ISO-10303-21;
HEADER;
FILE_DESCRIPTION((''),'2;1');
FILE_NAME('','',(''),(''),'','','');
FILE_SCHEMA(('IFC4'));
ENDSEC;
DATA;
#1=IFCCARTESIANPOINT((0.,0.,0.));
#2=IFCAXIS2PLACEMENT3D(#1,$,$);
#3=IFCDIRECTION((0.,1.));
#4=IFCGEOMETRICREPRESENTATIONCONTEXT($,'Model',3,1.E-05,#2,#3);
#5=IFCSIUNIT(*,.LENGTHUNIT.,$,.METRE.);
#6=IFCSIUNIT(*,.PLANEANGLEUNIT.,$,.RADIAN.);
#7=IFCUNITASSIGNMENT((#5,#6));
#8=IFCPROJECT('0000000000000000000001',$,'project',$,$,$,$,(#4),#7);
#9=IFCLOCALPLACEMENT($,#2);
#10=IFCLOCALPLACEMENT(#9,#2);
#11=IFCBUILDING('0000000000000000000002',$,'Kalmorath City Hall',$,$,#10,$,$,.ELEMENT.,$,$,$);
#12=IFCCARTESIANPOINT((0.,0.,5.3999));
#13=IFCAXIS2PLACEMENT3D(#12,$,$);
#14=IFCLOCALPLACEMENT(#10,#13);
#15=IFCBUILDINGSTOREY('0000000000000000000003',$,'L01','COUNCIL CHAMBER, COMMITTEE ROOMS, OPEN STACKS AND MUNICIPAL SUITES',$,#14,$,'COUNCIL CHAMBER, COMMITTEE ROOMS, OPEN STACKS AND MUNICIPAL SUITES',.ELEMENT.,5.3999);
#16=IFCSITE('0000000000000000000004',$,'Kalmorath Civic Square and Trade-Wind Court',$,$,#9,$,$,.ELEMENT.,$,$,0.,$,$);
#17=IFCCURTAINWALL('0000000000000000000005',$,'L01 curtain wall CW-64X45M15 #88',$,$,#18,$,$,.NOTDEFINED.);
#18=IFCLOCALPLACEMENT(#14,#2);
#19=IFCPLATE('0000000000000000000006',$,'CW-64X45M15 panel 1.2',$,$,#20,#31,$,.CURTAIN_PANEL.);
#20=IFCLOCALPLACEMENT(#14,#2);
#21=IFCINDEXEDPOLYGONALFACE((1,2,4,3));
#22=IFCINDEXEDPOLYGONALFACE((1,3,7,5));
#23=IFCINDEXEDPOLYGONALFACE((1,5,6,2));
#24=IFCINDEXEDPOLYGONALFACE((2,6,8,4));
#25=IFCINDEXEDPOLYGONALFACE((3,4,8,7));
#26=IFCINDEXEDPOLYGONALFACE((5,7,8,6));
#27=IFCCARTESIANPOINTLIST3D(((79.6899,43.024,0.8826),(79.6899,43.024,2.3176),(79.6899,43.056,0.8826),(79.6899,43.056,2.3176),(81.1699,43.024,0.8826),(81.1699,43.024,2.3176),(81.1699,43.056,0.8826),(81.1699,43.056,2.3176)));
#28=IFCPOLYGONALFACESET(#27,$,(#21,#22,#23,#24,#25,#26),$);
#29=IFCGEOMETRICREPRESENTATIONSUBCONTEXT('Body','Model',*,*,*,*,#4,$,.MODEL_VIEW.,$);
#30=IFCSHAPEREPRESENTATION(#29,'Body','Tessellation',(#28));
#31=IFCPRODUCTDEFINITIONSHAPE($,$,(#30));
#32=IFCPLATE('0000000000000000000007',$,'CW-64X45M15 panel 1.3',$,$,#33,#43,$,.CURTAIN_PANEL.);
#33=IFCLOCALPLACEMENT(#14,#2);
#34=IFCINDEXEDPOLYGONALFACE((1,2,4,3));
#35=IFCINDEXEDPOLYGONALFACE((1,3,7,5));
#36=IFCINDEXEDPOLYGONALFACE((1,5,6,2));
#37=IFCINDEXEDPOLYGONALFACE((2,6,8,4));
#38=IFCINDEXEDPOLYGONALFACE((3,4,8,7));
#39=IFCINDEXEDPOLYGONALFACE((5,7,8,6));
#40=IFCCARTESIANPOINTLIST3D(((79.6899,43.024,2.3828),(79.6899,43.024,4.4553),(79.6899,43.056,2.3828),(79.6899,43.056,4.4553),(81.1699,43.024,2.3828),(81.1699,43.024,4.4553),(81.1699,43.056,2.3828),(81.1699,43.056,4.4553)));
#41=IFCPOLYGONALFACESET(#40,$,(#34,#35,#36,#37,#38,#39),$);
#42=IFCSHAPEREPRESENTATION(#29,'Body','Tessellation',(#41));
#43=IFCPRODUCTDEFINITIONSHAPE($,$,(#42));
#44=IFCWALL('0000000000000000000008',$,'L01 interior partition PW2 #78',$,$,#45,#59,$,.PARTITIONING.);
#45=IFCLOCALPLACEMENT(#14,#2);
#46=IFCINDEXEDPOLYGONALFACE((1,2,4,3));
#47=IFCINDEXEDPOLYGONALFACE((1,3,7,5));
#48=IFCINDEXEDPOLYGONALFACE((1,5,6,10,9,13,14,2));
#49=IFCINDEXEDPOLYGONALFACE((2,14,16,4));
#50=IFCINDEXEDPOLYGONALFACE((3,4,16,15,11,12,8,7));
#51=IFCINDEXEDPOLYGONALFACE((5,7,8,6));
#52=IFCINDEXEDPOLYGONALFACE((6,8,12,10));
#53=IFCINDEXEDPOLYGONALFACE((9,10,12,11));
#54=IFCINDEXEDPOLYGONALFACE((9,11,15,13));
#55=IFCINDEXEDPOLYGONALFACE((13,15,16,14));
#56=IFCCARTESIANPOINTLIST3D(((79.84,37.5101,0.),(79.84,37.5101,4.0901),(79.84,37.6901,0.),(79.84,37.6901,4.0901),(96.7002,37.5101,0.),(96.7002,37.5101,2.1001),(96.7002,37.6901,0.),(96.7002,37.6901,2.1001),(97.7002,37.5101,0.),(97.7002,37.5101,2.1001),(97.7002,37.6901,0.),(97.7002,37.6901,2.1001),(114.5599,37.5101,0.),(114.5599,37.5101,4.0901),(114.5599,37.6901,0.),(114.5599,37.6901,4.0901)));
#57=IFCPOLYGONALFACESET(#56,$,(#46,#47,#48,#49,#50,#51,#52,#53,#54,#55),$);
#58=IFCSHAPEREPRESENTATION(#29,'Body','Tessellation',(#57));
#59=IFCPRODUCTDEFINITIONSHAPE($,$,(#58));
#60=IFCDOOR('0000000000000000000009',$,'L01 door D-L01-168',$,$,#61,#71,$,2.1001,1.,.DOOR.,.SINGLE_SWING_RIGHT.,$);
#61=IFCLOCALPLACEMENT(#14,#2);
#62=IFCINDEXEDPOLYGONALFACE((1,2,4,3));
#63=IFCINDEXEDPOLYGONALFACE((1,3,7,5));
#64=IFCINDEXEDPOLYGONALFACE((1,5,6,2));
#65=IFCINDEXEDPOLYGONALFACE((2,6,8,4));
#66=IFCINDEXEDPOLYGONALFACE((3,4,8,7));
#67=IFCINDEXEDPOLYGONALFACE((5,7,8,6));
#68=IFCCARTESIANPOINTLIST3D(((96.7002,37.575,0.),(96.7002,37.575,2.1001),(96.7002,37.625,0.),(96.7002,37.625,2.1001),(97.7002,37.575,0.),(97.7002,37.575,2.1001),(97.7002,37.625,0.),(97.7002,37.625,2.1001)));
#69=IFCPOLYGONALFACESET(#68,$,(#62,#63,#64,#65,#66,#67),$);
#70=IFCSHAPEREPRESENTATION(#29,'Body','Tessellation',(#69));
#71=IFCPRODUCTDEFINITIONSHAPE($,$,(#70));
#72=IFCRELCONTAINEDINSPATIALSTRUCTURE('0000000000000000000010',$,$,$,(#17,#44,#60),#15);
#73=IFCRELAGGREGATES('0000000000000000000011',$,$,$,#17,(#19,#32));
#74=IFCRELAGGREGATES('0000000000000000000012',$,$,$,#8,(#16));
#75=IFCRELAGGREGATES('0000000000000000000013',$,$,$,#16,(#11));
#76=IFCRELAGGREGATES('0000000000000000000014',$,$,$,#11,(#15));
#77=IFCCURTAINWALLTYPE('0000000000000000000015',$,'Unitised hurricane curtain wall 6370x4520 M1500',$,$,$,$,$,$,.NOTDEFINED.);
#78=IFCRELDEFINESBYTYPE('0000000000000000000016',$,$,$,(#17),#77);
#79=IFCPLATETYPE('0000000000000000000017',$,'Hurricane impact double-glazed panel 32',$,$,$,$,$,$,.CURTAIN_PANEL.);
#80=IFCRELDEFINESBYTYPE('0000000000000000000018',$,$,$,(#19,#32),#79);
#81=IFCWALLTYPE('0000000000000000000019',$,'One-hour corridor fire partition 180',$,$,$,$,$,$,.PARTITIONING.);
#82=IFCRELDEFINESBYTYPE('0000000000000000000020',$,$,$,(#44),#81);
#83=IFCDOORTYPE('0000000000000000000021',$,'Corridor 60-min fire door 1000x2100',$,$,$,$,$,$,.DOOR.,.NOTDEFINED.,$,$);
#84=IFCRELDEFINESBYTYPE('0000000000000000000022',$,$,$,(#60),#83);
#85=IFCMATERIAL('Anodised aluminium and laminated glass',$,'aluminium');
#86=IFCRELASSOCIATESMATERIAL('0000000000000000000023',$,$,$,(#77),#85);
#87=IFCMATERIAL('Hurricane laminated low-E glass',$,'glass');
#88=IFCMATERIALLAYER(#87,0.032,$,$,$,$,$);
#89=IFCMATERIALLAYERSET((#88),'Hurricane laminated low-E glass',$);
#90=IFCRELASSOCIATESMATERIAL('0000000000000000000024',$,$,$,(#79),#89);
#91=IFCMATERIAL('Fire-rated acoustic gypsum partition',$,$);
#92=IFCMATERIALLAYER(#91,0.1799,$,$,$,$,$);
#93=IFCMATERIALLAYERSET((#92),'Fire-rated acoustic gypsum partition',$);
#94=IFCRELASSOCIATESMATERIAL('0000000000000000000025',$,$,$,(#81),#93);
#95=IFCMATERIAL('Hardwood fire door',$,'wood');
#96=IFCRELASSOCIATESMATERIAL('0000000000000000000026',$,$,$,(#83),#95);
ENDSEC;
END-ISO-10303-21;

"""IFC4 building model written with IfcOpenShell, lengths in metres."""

from ifc_helpers import new_model, si_unit, direction, frame, frame_2d, origin, origin_2d, place, context, subcontext, project, spatial, rectangle, extrude, material, layer, layer_set, type_object, element, fill, aggregate, save


model = new_model("IFC4")

# Units and contexts
model_context = context("Model", 3, precision=1e-05, world=origin(), true_north=direction((0.0, 1.0)))
body_context = subcontext(model_context, "Body", "Model", "MODEL_VIEW")
ifc_project = project(units=[si_unit("LENGTHUNIT", "METRE"), si_unit("PLANEANGLEUNIT", "RADIAN")], contexts=[model_context])

# Site, building, storey
site_placement = place(None, origin())
site = spatial("IfcSite", under=ifc_project, at=site_placement, Name="Kalmorath Civic Square and Trade-Wind Court", CompositionType="ELEMENT", RefElevation=0.0)
building_placement = place(site_placement, origin())
building = spatial("IfcBuilding", under=site, at=building_placement, Name="Kalmorath City Hall", CompositionType="ELEMENT")
storey_placement = place(building_placement, frame((0.0, 0.0, 5.3999)))
storey = spatial("IfcBuildingStorey", under=building, at=storey_placement, Name="L01", Description="COUNCIL CHAMBER, COMMITTEE ROOMS, OPEN STACKS AND MUNICIPAL SUITES", LongName="COUNCIL CHAMBER, COMMITTEE ROOMS, OPEN STACKS AND MUNICIPAL SUITES", CompositionType="ELEMENT", Elevation=5.3999)

# Curtain wall
ifc_material_1 = material(Name="Anodised aluminium and laminated glass", Category="aluminium")
curtain_wall_type = type_object("IfcCurtainWallType", Name="Unitised hurricane curtain wall 6370x4520 M1500", PredefinedType="NOTDEFINED", material=ifc_material_1)
curtain_wall_placement = place(storey_placement, origin())
curtain_wall = element("IfcCurtainWall", 1, at=curtain_wall_placement, inside=storey, type_object=curtain_wall_type, Name="L01 curtain wall CW-64X45M15 #88", PredefinedType="NOTDEFINED")

# Plates
ifc_material_2 = material(Name="Hurricane laminated low-E glass", Category="glass")
ifc_layer_1 = layer(ifc_material_2, 0.032)
ifc_layer_set_1 = layer_set([ifc_layer_1], Name="Hurricane laminated low-E glass")
plate_type = type_object("IfcPlateType", Name="Hurricane impact double-glazed panel 32", PredefinedType="CURTAIN_PANEL", material=ifc_layer_set_1)
plate_1_placement = place(storey_placement, frame((80.4299, 43.04, 0.8826), z_axis=(0.0, 0.0, 1.0), x_axis=(1.0, 0.0, 0.0)))
plate_1 = element("IfcPlate", 2, at=plate_1_placement, type_object=plate_type, Name="CW-64X45M15 panel 1.2", PredefinedType="CURTAIN_PANEL", context=body_context, shape_type="SweptSolid", body=[
    extrude(rectangle(XDim=1.48, YDim=0.032, at=origin_2d()), origin(), (0.0, 0.0, 1.0), 1.4351),
])
plate_2_placement = place(storey_placement, frame((80.4299, 43.04, 2.3828), z_axis=(0.0, 0.0, 1.0), x_axis=(1.0, 0.0, 0.0)))
plate_2 = element("IfcPlate", 3, at=plate_2_placement, type_object=plate_type, Name="CW-64X45M15 panel 1.3", PredefinedType="CURTAIN_PANEL", context=body_context, shape_type="SweptSolid", body=[
    extrude(rectangle(XDim=1.48, YDim=0.032, at=origin_2d()), origin(), (0.0, 0.0, 1.0), 2.0725),
])
aggregate(curtain_wall, [plate_1, plate_2])

# Wall, opening, door
ifc_material_3 = material(Name="Fire-rated acoustic gypsum partition")
ifc_layer_2 = layer(ifc_material_3, 0.1799)
ifc_layer_set_2 = layer_set([ifc_layer_2], Name="Fire-rated acoustic gypsum partition")
wall_type = type_object("IfcWallType", Name="One-hour corridor fire partition 180", PredefinedType="PARTITIONING", material=ifc_layer_set_2)
wall_placement = place(storey_placement, frame((79.8401, 37.6001, 0.0), z_axis=(0.0, 0.0, 1.0), x_axis=(1.0, 0.0, 0.0)))
wall = element("IfcWall", 4, at=wall_placement, inside=storey, type_object=wall_type, Name="L01 interior partition PW2 #78", PredefinedType="PARTITIONING", context=body_context, shape_type="SweptSolid", body=[
    extrude(rectangle(XDim=34.72, YDim=0.1799, at=frame_2d((17.3599, 0.0))), origin(), (0.0, 0.0, 1.0), 4.0901),
])
opening_placement = place(wall_placement, frame((16.8601, 0.0, 0.0)))
opening = element("IfcOpeningElement", 5, at=opening_placement, cuts=wall, PredefinedType="OPENING", context=body_context, shape_type="SweptSolid", body=[
    extrude(rectangle(XDim=1.0, YDim=2.1001, at=frame_2d((0.5, 1.05))), frame((0.0, 0.0999, 0.0), z_axis=(0.0, -1.0, 0.0), x_axis=(1.0, 0.0, 0.0)), (0.0, 0.0, 1.0), 0.2),
])
ifc_material_4 = material(Name="Hardwood fire door", Category="wood")
door_type = type_object("IfcDoorType", Name="Corridor 60-min fire door 1000x2100", OperationType="NOTDEFINED", PredefinedType="DOOR", material=ifc_material_4)
door_placement = place(opening_placement, origin())
door = element("IfcDoor", 6, at=door_placement, inside=storey, type_object=door_type, Name="L01 door D-L01-168", OperationType="SINGLE_SWING_RIGHT", OverallHeight=2.1001, OverallWidth=1.0, PredefinedType="DOOR", context=body_context, shape_type="SweptSolid", body=[
    extrude(rectangle(XDim=1.0, YDim=2.1001, at=frame_2d((0.5, 1.05))), frame((0.0, 0.0249, 0.0), z_axis=(0.0, -1.0, 0.0), x_axis=(1.0, 0.0, 0.0)), (0.0, 0.0, 1.0), 0.05),
])
fill(opening, door)

save(model, "model.ifc")
